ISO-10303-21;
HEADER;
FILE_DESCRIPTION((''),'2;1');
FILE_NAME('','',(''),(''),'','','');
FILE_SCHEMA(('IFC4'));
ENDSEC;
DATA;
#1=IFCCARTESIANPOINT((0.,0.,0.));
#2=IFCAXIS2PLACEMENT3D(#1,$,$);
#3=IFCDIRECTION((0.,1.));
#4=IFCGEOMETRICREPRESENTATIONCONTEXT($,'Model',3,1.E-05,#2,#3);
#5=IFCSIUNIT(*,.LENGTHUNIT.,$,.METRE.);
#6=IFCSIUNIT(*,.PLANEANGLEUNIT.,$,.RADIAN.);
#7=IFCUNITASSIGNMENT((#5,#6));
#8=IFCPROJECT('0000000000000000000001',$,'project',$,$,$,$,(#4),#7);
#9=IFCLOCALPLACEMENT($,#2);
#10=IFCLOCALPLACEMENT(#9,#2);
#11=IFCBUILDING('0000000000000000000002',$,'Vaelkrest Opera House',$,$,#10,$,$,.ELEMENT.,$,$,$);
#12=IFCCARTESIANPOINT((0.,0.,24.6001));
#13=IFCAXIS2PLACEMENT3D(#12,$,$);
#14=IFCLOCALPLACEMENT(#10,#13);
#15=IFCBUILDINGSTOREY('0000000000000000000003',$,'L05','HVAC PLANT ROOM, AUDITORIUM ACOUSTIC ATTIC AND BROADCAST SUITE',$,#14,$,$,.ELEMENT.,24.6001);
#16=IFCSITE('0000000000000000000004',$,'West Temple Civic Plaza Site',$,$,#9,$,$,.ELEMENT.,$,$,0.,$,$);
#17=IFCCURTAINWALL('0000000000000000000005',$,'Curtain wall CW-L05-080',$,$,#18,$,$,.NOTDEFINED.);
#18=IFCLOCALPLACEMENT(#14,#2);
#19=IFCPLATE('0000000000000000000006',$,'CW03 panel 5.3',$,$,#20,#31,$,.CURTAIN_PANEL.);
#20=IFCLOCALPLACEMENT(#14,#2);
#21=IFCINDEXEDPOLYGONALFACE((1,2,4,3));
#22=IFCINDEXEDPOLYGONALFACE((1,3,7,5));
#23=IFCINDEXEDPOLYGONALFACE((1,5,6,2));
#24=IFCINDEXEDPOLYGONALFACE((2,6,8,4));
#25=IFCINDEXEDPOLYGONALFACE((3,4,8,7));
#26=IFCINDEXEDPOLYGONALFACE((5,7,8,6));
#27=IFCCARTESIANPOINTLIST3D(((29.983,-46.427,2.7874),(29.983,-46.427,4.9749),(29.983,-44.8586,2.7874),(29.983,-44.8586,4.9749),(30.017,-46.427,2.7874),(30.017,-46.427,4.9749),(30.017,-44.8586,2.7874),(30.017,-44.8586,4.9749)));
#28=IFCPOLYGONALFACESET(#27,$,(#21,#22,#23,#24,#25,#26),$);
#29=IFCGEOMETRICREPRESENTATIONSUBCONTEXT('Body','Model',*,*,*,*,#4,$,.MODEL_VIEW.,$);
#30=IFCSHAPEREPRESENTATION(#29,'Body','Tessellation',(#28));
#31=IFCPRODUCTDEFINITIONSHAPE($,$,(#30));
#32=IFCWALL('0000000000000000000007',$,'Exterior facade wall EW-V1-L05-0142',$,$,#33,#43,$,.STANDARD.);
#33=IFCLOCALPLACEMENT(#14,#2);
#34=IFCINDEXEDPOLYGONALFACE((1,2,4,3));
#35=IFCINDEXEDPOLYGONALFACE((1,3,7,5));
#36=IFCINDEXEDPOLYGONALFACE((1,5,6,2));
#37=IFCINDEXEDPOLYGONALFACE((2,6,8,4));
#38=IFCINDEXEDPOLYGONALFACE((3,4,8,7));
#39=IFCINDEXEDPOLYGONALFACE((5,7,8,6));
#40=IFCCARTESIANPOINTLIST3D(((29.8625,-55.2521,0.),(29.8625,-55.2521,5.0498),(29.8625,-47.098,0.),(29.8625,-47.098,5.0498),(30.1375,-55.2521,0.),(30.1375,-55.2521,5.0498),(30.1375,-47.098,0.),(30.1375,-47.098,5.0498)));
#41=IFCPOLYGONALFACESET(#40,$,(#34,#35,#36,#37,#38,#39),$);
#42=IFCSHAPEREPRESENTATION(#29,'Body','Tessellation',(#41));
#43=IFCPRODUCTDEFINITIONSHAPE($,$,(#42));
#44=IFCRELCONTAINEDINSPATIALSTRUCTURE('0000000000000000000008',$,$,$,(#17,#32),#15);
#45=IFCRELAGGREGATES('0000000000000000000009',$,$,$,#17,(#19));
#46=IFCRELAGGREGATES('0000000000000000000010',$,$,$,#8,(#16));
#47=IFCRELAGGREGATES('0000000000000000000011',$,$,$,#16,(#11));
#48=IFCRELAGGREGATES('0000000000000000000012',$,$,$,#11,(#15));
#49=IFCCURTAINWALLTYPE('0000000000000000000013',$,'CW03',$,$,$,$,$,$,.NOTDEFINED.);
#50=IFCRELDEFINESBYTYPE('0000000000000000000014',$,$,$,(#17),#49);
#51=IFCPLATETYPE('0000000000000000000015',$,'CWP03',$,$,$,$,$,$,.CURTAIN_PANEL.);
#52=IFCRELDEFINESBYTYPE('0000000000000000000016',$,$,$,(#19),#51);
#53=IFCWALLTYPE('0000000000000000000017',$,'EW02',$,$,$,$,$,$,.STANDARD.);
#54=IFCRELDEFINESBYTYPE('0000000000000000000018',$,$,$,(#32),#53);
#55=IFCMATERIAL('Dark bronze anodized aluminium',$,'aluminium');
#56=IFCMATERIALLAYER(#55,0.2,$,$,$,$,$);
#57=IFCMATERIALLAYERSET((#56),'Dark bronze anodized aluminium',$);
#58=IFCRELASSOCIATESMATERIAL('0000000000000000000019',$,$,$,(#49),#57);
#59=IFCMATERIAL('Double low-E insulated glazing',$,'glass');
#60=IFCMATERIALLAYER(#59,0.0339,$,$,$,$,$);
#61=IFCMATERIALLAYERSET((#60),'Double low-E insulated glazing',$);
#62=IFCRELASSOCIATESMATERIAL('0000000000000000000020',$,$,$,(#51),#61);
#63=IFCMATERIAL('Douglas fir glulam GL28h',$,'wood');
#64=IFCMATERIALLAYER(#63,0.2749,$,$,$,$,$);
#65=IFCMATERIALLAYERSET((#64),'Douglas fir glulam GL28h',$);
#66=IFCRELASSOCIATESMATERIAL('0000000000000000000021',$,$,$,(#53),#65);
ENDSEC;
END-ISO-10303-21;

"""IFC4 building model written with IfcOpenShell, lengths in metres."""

from ifc_helpers import new_model, si_unit, direction, frame, frame_2d, origin, origin_2d, place, context, subcontext, project, spatial, rectangle, extrude, material, layer, layer_set, type_object, element, aggregate, save


model = new_model("IFC4")

# Units and contexts
model_context = context("Model", 3, precision=1e-05, world=origin(), true_north=direction((0.0, 1.0)))
body_context = subcontext(model_context, "Body", "Model", "MODEL_VIEW")
ifc_project = project(units=[si_unit("LENGTHUNIT", "METRE"), si_unit("PLANEANGLEUNIT", "RADIAN")], contexts=[model_context])

# Site, building, storey
site_placement = place(None, origin())
site = spatial("IfcSite", under=ifc_project, at=site_placement, Name="West Temple Civic Plaza Site", CompositionType="ELEMENT", RefElevation=0.0)
building_placement = place(site_placement, origin())
building = spatial("IfcBuilding", under=site, at=building_placement, Name="Vaelkrest Opera House", CompositionType="ELEMENT")
storey_placement = place(building_placement, frame((0.0, 0.0, 24.6001)))
storey = spatial("IfcBuildingStorey", under=building, at=storey_placement, Name="L05", Description="HVAC PLANT ROOM, AUDITORIUM ACOUSTIC ATTIC AND BROADCAST SUITE", CompositionType="ELEMENT", Elevation=24.6001)

# Curtain wall, plate
ifc_material_1 = material(Name="Dark bronze anodized aluminium", Category="aluminium")
ifc_layer_1 = layer(ifc_material_1, 0.2)
ifc_layer_set_1 = layer_set([ifc_layer_1], Name="Dark bronze anodized aluminium")
curtain_wall_type = type_object("IfcCurtainWallType", Name="CW03", PredefinedType="NOTDEFINED", material=ifc_layer_set_1)
curtain_wall_placement = place(storey_placement, origin())
curtain_wall = element("IfcCurtainWall", 1, at=curtain_wall_placement, inside=storey, type_object=curtain_wall_type, Name="Curtain wall CW-L05-080", PredefinedType="NOTDEFINED")
ifc_material_2 = material(Name="Double low-E insulated glazing", Category="glass")
ifc_layer_2 = layer(ifc_material_2, 0.0339)
ifc_layer_set_2 = layer_set([ifc_layer_2], Name="Double low-E insulated glazing")
plate_type = type_object("IfcPlateType", Name="CWP03", PredefinedType="CURTAIN_PANEL", material=ifc_layer_set_2)
plate_1_placement = place(storey_placement, frame((30.0, -45.6428, 2.7874), z_axis=(0.0, 0.0, 1.0), x_axis=(0.0, -1.0, 0.0)))
plate_1 = element("IfcPlate", 2, at=plate_1_placement, type_object=plate_type, Name="CW03 panel 5.3", PredefinedType="CURTAIN_PANEL", context=body_context, shape_type="SweptSolid", body=[
    extrude(rectangle(XDim=1.5684, YDim=0.0339, at=origin_2d()), origin(), (0.0, 0.0, 1.0), 2.1875),
])
aggregate(curtain_wall, [plate_1])

# Wall
ifc_material_3 = material(Name="Douglas fir glulam GL28h", Category="wood")
ifc_layer_3 = layer(ifc_material_3, 0.2749)
ifc_layer_set_3 = layer_set([ifc_layer_3], Name="Douglas fir glulam GL28h")
wall_type = type_object("IfcWallType", Name="EW02", PredefinedType="STANDARD", material=ifc_layer_set_3)
wall_placement = place(storey_placement, frame((30.0, -47.0979, 0.0), z_axis=(0.0, 0.0, 1.0), x_axis=(0.0, -1.0, 0.0)))
element("IfcWall", 3, at=wall_placement, inside=storey, type_object=wall_type, Name="Exterior facade wall EW-V1-L05-0142", PredefinedType="STANDARD", context=body_context, shape_type="SweptSolid", body=[
    extrude(rectangle(XDim=8.1541, YDim=0.2749, at=frame_2d((4.0771, 0.0))), origin(), (0.0, 0.0, 1.0), 5.0498),
])

save(model, "model.ifc")
